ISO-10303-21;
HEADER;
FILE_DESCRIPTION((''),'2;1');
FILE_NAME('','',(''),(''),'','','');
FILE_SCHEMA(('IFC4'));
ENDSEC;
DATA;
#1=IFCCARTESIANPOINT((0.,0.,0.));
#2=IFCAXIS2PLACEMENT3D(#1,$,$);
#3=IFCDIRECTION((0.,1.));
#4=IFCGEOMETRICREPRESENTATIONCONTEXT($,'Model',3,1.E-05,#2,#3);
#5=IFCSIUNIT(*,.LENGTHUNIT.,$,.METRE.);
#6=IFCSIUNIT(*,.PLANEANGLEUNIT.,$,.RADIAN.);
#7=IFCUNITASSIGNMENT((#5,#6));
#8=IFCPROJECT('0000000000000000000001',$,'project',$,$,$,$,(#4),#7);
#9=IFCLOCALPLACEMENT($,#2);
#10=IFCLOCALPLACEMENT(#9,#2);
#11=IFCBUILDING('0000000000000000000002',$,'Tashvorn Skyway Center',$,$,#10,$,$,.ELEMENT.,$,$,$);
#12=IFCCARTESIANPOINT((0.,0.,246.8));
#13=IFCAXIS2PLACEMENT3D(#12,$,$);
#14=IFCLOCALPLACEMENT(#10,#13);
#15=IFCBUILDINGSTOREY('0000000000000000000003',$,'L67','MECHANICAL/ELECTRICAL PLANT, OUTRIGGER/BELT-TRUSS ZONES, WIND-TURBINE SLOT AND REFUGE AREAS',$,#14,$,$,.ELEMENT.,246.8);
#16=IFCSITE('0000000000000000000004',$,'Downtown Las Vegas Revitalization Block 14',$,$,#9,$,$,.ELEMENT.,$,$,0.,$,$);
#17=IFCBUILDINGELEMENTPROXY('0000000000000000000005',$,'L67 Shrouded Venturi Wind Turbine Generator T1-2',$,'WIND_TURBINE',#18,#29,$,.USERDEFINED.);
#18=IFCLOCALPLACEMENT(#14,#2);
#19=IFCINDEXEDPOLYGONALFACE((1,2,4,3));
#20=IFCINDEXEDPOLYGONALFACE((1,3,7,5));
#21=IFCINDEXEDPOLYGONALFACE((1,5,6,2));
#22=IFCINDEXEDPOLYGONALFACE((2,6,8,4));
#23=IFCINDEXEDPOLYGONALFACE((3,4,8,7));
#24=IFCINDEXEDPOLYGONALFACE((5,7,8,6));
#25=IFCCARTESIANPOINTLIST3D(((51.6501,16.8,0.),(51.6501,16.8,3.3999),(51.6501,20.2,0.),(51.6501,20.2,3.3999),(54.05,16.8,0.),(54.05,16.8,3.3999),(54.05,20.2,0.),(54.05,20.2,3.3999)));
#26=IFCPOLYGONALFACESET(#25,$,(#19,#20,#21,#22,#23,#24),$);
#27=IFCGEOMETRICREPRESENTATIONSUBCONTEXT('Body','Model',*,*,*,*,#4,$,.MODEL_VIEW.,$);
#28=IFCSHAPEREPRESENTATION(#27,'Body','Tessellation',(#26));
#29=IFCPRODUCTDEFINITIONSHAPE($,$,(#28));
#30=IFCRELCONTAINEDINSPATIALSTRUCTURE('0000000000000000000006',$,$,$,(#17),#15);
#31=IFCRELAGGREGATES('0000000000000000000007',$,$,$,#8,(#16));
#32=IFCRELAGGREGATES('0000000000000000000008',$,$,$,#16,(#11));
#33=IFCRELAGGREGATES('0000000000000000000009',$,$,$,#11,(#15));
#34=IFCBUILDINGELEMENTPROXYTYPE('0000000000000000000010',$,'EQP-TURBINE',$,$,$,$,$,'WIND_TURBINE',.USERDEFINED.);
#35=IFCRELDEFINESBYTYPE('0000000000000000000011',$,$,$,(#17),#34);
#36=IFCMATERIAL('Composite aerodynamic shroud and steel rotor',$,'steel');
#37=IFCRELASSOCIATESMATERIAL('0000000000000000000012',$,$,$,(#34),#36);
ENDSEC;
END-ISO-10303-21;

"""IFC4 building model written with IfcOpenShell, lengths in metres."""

from ifc_helpers import new_model, si_unit, direction, frame, origin, origin_2d, place, context, subcontext, project, spatial, rectangle, extrude, material, type_object, element, save


model = new_model("IFC4")

# Units and contexts
model_context = context("Model", 3, precision=1e-05, world=origin(), true_north=direction((0.0, 1.0)))
body_context = subcontext(model_context, "Body", "Model", "MODEL_VIEW")
ifc_project = project(units=[si_unit("LENGTHUNIT", "METRE"), si_unit("PLANEANGLEUNIT", "RADIAN")], contexts=[model_context])

# Site, building, storey
site_placement = place(None, origin())
site = spatial("IfcSite", under=ifc_project, at=site_placement, Name="Downtown Las Vegas Revitalization Block 14", CompositionType="ELEMENT", RefElevation=0.0)
building_placement = place(site_placement, origin())
building = spatial("IfcBuilding", under=site, at=building_placement, Name="Tashvorn Skyway Center", CompositionType="ELEMENT")
storey_placement = place(building_placement, frame((0.0, 0.0, 246.8)))
storey = spatial("IfcBuildingStorey", under=building, at=storey_placement, Name="L67", Description="MECHANICAL/ELECTRICAL PLANT, OUTRIGGER/BELT-TRUSS ZONES, WIND-TURBINE SLOT AND REFUGE AREAS", CompositionType="ELEMENT", Elevation=246.8)

# Building element proxy
ifc_material_1 = material(Name="Composite aerodynamic shroud and steel rotor", Category="steel")
building_element_proxy_type = type_object("IfcBuildingElementProxyType", Name="EQP-TURBINE", ElementType="WIND_TURBINE", PredefinedType="USERDEFINED", material=ifc_material_1)
proxy_placement = place(storey_placement, frame((52.8501, 18.5, 0.0), z_axis=(0.0, 0.0, 1.0), x_axis=(1.0, 0.0, 0.0)))
element("IfcBuildingElementProxy", 1, at=proxy_placement, inside=storey, type_object=building_element_proxy_type, Name="L67 Shrouded Venturi Wind Turbine Generator T1-2", ObjectType="WIND_TURBINE", PredefinedType="USERDEFINED", context=body_context, shape_type="SweptSolid", body=[
    extrude(rectangle(XDim=2.3999, YDim=3.3999, at=origin_2d()), origin(), (0.0, 0.0, 1.0), 3.3999),
])

save(model, "model.ifc")
